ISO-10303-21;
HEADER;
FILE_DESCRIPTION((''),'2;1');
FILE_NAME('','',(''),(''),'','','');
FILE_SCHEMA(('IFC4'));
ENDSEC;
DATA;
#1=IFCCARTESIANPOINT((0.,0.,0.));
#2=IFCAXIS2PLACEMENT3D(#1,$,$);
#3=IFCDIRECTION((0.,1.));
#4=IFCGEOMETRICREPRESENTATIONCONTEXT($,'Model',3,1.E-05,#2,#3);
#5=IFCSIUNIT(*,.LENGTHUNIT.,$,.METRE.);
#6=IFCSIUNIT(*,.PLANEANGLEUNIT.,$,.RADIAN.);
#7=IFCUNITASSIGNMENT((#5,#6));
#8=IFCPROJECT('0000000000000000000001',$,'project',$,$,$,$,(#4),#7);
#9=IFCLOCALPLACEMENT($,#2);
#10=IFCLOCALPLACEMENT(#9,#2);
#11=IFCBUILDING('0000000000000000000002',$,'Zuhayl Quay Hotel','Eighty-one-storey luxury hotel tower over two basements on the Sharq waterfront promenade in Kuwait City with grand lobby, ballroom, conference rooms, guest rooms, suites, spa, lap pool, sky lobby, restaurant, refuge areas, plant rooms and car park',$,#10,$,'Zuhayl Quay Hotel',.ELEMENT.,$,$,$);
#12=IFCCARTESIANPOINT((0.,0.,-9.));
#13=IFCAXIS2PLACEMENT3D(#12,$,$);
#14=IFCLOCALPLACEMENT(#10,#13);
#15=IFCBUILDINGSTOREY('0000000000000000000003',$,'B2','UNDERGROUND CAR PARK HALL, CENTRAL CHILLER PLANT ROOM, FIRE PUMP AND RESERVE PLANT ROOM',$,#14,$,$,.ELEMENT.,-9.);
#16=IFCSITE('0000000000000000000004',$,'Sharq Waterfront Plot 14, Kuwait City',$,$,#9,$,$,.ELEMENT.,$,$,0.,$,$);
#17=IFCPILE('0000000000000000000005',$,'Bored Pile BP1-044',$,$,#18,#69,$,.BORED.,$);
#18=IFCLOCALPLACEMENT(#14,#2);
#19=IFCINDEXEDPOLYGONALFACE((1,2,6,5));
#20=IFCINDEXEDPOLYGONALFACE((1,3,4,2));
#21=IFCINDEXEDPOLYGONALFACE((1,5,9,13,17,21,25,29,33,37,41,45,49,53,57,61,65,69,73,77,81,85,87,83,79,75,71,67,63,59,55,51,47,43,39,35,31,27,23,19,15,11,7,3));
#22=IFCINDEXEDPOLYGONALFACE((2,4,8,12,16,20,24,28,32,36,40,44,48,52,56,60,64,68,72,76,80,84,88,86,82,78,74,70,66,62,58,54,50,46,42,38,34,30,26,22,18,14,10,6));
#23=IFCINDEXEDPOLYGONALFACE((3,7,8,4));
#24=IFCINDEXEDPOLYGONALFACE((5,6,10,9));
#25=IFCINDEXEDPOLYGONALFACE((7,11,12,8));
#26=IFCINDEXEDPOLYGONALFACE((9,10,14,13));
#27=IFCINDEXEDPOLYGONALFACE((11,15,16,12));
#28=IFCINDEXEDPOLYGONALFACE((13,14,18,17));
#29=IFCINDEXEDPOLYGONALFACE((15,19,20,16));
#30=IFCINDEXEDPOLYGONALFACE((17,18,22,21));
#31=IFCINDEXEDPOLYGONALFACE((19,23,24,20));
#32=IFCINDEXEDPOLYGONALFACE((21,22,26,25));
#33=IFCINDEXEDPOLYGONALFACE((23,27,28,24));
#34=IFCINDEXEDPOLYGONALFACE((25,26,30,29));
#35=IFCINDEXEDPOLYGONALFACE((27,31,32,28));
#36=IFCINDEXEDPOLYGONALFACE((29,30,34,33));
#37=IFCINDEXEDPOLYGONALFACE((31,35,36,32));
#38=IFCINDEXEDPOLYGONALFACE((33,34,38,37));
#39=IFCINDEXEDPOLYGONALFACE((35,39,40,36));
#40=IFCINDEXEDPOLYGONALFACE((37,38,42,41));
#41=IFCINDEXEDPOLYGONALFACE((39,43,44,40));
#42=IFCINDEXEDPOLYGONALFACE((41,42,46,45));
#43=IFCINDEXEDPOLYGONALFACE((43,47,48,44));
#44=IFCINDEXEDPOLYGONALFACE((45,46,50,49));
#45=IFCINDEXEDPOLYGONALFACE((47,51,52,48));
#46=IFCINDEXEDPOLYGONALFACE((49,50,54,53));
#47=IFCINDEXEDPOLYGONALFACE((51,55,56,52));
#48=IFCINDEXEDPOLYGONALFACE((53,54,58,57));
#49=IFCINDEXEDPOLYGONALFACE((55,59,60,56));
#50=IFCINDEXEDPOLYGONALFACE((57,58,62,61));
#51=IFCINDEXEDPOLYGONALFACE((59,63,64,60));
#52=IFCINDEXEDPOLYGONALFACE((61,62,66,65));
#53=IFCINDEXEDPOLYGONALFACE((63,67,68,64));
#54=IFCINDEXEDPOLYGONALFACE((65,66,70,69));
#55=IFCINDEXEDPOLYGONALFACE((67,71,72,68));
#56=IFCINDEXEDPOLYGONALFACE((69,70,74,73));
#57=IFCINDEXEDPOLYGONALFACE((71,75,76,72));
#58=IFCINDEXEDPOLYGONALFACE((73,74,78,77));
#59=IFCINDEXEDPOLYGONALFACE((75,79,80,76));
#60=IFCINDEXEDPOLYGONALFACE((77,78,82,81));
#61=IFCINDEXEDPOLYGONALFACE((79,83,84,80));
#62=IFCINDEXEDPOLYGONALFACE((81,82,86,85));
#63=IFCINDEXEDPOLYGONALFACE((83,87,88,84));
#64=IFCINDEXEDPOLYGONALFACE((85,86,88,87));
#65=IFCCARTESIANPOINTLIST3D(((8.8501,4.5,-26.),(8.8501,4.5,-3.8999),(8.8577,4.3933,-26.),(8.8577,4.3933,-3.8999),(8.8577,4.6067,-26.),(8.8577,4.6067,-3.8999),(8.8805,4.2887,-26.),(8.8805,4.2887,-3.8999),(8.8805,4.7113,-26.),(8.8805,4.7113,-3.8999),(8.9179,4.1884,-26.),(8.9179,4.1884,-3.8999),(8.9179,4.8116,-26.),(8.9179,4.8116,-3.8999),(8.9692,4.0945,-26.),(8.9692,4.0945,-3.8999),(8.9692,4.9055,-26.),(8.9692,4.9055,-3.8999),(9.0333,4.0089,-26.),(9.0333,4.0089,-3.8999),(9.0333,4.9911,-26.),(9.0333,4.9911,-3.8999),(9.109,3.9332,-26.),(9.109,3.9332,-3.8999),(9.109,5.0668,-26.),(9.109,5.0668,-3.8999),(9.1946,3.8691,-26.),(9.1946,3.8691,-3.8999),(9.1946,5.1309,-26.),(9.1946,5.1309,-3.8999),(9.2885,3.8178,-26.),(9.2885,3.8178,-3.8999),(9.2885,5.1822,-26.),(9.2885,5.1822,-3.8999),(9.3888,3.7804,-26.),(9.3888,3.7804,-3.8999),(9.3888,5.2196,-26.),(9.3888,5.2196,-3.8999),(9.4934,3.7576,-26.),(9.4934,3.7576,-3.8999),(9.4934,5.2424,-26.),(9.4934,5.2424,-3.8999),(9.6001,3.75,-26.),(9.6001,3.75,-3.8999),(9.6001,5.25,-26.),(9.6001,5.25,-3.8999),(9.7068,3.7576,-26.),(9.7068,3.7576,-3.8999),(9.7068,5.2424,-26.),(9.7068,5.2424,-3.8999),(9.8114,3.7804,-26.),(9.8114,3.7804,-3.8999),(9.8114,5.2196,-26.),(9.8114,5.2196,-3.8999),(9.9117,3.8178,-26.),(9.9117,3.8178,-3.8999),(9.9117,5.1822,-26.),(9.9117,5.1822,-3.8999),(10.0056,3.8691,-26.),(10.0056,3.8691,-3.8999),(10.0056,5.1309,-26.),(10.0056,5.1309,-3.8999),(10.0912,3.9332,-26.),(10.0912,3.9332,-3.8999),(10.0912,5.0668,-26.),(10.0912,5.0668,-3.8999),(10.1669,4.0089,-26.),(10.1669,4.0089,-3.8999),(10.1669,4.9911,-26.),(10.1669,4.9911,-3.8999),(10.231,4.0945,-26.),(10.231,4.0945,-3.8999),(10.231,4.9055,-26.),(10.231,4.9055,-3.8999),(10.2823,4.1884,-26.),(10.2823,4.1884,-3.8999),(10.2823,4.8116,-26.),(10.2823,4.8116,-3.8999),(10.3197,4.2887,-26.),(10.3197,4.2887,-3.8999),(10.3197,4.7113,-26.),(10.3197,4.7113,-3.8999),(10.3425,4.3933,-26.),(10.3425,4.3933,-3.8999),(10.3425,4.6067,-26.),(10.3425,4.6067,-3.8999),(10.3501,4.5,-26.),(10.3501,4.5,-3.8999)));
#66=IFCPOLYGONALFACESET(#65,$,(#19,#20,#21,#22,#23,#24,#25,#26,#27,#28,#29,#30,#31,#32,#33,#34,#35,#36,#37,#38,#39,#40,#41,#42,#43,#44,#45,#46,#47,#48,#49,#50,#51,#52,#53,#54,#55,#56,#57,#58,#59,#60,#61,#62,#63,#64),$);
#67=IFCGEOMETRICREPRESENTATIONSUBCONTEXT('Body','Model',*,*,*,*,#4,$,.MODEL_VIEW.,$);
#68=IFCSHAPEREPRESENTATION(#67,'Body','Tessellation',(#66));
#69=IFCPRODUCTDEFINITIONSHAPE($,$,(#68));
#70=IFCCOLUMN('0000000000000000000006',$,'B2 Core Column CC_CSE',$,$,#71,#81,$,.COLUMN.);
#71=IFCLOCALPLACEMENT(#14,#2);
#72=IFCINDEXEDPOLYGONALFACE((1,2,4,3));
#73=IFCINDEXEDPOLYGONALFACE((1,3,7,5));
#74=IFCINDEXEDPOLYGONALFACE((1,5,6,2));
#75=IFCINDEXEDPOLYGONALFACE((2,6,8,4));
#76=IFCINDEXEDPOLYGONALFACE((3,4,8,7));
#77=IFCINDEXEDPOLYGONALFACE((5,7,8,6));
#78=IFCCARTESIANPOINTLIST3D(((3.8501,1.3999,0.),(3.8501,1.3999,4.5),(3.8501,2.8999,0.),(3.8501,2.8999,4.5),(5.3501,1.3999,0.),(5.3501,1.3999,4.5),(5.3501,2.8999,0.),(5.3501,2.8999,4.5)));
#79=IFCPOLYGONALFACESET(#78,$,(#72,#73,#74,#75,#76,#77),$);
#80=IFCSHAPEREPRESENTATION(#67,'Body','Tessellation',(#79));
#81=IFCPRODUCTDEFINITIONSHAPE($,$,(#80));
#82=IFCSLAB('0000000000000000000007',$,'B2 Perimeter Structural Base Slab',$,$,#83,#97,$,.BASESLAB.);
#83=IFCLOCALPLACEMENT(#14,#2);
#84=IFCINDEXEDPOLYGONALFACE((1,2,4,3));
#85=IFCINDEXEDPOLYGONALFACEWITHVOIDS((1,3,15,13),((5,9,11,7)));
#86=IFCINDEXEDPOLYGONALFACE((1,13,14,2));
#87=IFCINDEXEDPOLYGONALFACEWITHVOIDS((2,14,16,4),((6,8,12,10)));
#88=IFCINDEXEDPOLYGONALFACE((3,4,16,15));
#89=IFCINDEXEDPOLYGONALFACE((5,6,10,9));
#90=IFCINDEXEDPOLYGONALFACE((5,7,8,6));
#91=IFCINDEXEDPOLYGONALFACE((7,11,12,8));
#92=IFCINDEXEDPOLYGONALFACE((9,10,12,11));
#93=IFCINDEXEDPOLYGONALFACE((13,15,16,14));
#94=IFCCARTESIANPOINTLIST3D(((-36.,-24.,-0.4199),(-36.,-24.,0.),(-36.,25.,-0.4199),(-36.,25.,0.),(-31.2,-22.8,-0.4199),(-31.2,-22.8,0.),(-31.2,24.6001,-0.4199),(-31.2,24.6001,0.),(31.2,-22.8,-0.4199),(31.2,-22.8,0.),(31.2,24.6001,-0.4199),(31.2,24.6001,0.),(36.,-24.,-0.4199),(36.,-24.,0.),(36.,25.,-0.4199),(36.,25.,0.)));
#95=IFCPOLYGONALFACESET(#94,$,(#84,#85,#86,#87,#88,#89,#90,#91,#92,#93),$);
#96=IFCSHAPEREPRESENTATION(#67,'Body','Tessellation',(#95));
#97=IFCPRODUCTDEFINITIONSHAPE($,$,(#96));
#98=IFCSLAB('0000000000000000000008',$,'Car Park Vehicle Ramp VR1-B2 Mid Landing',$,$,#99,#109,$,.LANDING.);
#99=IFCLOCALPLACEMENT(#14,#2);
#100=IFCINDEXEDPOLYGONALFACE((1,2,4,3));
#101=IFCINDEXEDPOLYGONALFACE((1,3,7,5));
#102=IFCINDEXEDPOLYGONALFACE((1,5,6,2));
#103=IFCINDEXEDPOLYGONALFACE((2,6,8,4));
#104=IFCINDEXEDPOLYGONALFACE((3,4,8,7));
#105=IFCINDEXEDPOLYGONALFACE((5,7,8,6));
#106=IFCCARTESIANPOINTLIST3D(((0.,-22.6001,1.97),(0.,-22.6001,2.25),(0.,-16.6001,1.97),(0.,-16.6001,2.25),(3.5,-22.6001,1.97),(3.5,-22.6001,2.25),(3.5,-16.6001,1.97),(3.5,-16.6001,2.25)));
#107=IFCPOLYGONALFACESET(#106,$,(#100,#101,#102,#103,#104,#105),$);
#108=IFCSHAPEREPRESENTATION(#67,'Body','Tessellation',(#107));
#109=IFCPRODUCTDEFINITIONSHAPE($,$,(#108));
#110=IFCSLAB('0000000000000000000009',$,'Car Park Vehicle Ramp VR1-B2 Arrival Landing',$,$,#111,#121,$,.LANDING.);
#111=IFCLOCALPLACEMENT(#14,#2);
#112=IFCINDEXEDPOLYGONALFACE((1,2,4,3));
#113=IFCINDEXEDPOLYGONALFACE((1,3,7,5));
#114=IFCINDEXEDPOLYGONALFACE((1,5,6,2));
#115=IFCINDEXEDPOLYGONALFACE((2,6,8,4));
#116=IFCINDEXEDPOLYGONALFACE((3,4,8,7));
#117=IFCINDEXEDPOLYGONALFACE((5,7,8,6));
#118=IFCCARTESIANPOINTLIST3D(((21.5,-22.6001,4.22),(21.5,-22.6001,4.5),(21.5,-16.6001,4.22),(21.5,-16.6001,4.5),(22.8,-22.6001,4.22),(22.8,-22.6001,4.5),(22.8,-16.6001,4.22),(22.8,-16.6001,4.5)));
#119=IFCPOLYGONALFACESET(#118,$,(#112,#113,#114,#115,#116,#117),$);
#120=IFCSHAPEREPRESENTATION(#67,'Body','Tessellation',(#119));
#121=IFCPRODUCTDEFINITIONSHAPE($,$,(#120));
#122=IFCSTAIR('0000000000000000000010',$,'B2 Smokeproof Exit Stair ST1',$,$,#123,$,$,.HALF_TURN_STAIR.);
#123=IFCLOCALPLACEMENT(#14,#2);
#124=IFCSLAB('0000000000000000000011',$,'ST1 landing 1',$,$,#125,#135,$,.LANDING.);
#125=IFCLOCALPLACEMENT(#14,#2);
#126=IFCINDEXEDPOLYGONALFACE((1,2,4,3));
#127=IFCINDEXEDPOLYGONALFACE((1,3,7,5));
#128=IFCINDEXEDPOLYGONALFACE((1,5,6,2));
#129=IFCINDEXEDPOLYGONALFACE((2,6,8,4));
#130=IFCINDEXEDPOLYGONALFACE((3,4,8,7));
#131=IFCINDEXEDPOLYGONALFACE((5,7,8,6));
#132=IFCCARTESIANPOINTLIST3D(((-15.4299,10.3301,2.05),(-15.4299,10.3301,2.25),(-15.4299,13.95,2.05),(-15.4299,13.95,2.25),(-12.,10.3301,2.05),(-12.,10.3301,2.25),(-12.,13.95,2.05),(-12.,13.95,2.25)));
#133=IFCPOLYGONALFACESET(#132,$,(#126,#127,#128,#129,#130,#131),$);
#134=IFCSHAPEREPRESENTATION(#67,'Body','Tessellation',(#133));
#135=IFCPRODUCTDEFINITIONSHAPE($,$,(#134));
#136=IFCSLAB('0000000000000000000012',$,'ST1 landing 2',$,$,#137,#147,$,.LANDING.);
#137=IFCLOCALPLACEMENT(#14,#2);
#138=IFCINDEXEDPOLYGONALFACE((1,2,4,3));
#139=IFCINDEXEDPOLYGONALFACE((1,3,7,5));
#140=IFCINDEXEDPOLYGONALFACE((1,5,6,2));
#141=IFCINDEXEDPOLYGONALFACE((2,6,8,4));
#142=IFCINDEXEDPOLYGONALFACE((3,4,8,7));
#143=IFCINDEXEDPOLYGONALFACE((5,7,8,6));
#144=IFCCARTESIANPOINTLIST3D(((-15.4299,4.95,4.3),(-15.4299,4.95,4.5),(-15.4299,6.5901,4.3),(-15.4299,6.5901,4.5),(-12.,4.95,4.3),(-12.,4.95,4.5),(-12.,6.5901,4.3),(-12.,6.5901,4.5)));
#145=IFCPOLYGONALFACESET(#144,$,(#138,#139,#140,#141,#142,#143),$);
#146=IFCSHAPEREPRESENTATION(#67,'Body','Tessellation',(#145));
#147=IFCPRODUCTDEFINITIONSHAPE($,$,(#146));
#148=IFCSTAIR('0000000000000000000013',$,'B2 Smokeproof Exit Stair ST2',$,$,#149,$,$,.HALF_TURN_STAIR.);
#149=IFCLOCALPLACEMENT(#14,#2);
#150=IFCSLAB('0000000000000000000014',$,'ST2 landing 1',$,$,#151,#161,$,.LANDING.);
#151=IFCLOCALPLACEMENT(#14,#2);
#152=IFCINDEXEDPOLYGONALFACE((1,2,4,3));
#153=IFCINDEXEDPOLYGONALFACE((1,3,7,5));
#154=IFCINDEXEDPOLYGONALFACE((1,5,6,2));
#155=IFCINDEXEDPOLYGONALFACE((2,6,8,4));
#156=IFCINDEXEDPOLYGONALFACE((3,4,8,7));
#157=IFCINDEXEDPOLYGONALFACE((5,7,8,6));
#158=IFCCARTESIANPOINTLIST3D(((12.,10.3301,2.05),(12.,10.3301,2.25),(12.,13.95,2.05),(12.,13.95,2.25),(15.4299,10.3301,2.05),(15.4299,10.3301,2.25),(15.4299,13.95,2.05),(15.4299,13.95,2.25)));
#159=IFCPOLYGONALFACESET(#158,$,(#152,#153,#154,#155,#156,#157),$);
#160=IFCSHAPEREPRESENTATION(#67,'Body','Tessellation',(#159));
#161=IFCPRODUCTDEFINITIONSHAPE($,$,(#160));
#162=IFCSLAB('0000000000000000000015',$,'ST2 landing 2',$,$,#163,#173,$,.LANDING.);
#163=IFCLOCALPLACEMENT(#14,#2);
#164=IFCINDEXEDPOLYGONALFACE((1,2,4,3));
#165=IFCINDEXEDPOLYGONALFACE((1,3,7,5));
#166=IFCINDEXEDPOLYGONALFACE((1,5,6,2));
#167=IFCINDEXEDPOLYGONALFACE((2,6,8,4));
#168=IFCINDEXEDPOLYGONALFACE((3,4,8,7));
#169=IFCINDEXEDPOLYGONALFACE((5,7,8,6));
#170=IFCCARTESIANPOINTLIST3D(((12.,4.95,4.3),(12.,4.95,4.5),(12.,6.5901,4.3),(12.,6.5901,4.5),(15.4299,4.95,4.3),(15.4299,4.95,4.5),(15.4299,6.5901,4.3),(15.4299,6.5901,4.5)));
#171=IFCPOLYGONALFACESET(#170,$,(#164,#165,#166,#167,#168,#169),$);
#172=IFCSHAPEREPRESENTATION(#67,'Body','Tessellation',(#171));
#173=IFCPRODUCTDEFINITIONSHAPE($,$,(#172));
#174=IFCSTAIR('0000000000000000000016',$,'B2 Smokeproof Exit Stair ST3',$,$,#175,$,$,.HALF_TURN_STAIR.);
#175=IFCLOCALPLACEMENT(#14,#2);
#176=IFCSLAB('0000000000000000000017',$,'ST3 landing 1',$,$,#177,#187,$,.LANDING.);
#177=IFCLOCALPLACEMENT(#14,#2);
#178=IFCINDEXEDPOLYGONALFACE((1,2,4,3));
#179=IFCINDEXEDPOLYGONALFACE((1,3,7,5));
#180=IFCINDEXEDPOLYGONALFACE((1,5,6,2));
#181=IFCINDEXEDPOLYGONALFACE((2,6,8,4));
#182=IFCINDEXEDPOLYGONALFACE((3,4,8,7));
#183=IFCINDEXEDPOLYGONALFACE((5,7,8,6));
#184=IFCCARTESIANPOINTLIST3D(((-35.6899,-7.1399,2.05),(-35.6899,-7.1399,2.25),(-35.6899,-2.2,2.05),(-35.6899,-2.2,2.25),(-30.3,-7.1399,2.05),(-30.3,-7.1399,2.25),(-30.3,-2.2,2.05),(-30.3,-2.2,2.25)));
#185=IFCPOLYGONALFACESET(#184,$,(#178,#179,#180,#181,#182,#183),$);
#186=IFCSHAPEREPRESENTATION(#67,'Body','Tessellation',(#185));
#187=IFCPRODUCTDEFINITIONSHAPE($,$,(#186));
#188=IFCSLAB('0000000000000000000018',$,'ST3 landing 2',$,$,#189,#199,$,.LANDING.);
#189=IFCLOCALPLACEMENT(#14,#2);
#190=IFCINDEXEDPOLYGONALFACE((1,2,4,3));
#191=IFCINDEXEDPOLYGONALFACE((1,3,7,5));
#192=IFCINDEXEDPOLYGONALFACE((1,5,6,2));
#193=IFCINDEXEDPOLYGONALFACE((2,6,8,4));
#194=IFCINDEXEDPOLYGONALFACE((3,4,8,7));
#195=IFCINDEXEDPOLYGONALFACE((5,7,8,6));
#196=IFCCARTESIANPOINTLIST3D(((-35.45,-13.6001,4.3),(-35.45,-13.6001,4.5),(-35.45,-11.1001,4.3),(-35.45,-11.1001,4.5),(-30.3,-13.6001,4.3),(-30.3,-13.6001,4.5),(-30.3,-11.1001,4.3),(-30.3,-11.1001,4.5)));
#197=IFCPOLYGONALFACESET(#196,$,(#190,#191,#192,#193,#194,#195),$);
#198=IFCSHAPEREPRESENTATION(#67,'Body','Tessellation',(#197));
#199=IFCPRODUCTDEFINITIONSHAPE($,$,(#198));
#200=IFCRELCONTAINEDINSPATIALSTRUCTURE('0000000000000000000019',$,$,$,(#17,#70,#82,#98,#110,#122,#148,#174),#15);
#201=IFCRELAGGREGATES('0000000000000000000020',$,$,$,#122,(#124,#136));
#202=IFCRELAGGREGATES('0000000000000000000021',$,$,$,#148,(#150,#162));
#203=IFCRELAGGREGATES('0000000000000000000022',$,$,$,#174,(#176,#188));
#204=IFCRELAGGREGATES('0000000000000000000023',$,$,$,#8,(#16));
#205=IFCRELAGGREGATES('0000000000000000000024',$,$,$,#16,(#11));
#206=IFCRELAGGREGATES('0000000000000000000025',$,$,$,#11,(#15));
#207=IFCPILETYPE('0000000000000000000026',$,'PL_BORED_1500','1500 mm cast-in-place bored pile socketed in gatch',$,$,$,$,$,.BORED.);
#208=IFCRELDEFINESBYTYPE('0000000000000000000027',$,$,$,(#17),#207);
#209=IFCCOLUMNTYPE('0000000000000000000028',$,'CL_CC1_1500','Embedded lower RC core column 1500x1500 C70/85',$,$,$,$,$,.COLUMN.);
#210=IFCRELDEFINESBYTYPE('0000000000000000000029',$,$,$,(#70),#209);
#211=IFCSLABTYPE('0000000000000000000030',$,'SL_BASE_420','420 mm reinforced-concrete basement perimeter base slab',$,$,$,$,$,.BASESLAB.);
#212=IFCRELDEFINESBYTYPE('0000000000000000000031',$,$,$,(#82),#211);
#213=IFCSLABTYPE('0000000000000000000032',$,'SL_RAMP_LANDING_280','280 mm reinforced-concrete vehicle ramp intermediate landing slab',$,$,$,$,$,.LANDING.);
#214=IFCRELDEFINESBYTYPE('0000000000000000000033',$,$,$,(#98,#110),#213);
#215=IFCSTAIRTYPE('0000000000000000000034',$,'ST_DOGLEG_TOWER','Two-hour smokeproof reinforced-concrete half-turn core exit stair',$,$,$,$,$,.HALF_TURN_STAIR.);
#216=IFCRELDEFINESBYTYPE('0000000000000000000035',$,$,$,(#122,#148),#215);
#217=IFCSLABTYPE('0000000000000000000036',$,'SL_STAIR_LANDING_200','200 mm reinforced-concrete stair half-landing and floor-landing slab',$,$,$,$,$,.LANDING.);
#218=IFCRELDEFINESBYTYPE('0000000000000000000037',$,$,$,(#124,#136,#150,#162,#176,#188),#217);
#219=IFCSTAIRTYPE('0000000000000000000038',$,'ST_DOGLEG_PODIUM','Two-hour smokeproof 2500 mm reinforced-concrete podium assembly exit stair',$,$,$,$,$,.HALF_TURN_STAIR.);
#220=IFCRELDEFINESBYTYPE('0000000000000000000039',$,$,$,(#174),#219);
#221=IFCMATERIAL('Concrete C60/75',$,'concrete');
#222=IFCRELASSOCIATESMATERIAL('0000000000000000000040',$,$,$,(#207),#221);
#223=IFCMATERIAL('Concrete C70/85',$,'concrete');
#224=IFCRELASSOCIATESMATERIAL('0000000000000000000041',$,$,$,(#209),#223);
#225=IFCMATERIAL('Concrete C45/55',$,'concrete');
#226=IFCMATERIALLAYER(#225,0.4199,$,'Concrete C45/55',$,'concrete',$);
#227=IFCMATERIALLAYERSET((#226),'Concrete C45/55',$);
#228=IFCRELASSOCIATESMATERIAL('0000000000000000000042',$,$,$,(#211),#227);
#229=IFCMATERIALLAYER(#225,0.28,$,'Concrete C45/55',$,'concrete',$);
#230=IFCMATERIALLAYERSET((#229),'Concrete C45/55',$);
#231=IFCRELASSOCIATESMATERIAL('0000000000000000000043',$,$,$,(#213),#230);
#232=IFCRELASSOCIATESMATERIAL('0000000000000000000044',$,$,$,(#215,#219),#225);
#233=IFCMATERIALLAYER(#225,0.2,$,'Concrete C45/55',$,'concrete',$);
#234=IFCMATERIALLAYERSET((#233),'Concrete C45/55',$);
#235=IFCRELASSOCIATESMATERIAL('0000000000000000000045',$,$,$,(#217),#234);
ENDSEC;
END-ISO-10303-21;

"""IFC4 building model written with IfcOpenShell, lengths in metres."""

from ifc_helpers import new_model, si_unit, direction, frame, origin, origin_2d, place, context, subcontext, project, spatial, polyline, rectangle, circle, outline, extrude, material, layer, layer_set, material_profile, profile_set, type_object, element, aggregate, save


model = new_model("IFC4")

# Units and contexts
model_context = context("Model", 3, precision=1e-05, world=origin(), true_north=direction((0.0, 1.0)))
body_context = subcontext(model_context, "Body", "Model", "MODEL_VIEW")
ifc_project = project(units=[si_unit("LENGTHUNIT", "METRE"), si_unit("PLANEANGLEUNIT", "RADIAN")], contexts=[model_context])

# Site, building, storey
site_placement = place(None, origin())
site = spatial("IfcSite", under=ifc_project, at=site_placement, Name="Sharq Waterfront Plot 14, Kuwait City", CompositionType="ELEMENT", RefElevation=0.0)
building_placement = place(site_placement, origin())
building = spatial("IfcBuilding", under=site, at=building_placement, Name="Zuhayl Quay Hotel", Description="Eighty-one-storey luxury hotel tower over two basements on the Sharq waterfront promenade in Kuwait City with grand lobby, ballroom, conference rooms, guest rooms, suites, spa, lap pool, sky lobby, restaurant, refuge areas, plant rooms and car park", LongName="Zuhayl Quay Hotel", CompositionType="ELEMENT")
storey_placement = place(building_placement, frame((0.0, 0.0, -9.0)))
storey = spatial("IfcBuildingStorey", under=building, at=storey_placement, Name="B2", Description="UNDERGROUND CAR PARK HALL, CENTRAL CHILLER PLANT ROOM, FIRE PUMP AND RESERVE PLANT ROOM", CompositionType="ELEMENT", Elevation=-9.0)

# Pile
ifc_material_1 = material(Name="Concrete C60/75", Category="concrete")
ifc_material_profile_1 = material_profile(ifc_material_1, circle(Radius=0.75, at=origin_2d()), Name="PILE1500")
ifc_profile_set_1 = profile_set([ifc_material_profile_1], Name="Concrete C60/75")
pile_type = type_object("IfcPileType", Name="PL_BORED_1500", Description="1500 mm cast-in-place bored pile socketed in gatch", PredefinedType="BORED", material=ifc_profile_set_1)
for number, where, z_axis, x_axis, name in (
    (1, (9.6001, 4.5, -3.8999), (0.0, 0.0, -1.0), (1.0, 0.0, 0.0), "Bored Pile BP1-044"),
):
    element("IfcPile", number, at=place(storey_placement, frame(where, z_axis=z_axis, x_axis=x_axis)), inside=storey, type_object=pile_type, Name=name, PredefinedType="BORED", context=body_context, shape_type="SweptSolid", body=[
        extrude(circle(Radius=0.75, at=origin_2d()), origin(), (0.0, 0.0, 1.0), 22.1001),
    ])

# Column
ifc_material_2 = material(Name="Concrete C70/85", Category="concrete")
ifc_material_profile_2 = material_profile(ifc_material_2, rectangle(XDim=1.5, YDim=1.5, at=origin_2d()), Name="RC1500X1500")
ifc_profile_set_2 = profile_set([ifc_material_profile_2], Name="Concrete C70/85")
column_type = type_object("IfcColumnType", Name="CL_CC1_1500", Description="Embedded lower RC core column 1500x1500 C70/85", PredefinedType="COLUMN", material=ifc_profile_set_2)
column_placement = place(storey_placement, frame((4.6001, 2.1499, 0.0), z_axis=(0.0, 0.0, 1.0), x_axis=(1.0, 0.0, 0.0)))
element("IfcColumn", 2, at=column_placement, inside=storey, type_object=column_type, Name="B2 Core Column CC_CSE", PredefinedType="COLUMN", context=body_context, shape_type="SweptSolid", body=[
    extrude(rectangle(XDim=1.5, YDim=1.5, at=origin_2d()), origin(), (0.0, 0.0, 1.0), 4.5),
])

# Slabs
ifc_material_3 = material(Name="Concrete C45/55", Category="concrete")
ifc_layer_1 = layer(ifc_material_3, 0.4199, Name="Concrete C45/55", Category="concrete")
ifc_layer_set_1 = layer_set([ifc_layer_1], Name="Concrete C45/55")
slab_type_1 = type_object("IfcSlabType", Name="SL_BASE_420", Description="420 mm reinforced-concrete basement perimeter base slab", PredefinedType="BASESLAB", material=ifc_layer_set_1)
slab_1_placement = place(storey_placement, frame((0.0, 0.0, -0.4199)))
element("IfcSlab", 3, at=slab_1_placement, inside=storey, type_object=slab_type_1, Name="B2 Perimeter Structural Base Slab", PredefinedType="BASESLAB", context=body_context, shape_type="SweptSolid", body=[
    extrude(outline(polyline([(-36.0, -24.0), (36.0, -24.0), (36.0, 25.0), (-36.0, 25.0), (-36.0, -24.0)]), holes=[polyline([(-31.2, -22.8), (31.2, -22.8), (31.2, 24.6001), (-31.2, 24.6001), (-31.2, -22.8)])]), origin(), (0.0, 0.0, 1.0), 0.4199),
])
ifc_layer_2 = layer(ifc_material_3, 0.28, Name="Concrete C45/55", Category="concrete")
ifc_layer_set_2 = layer_set([ifc_layer_2], Name="Concrete C45/55")
slab_type_2 = type_object("IfcSlabType", Name="SL_RAMP_LANDING_280", Description="280 mm reinforced-concrete vehicle ramp intermediate landing slab", PredefinedType="LANDING", material=ifc_layer_set_2)
slab_2_placement = place(storey_placement, frame((0.0, 0.0, 1.97)))
element("IfcSlab", 4, at=slab_2_placement, inside=storey, type_object=slab_type_2, Name="Car Park Vehicle Ramp VR1-B2 Mid Landing", PredefinedType="LANDING", context=body_context, shape_type="SweptSolid", body=[
    extrude(outline(polyline([(0.0, -22.6001), (3.5, -22.6001), (3.5, -16.6001), (0.0, -16.6001), (0.0, -22.6001)])), origin(), (0.0, 0.0, 1.0), 0.28),
])
slab_3_placement = place(storey_placement, frame((0.0, 0.0, 4.22)))
element("IfcSlab", 5, at=slab_3_placement, inside=storey, type_object=slab_type_2, Name="Car Park Vehicle Ramp VR1-B2 Arrival Landing", PredefinedType="LANDING", context=body_context, shape_type="SweptSolid", body=[
    extrude(outline(polyline([(21.5, -22.6001), (22.8, -22.6001), (22.8, -16.6001), (21.5, -16.6001), (21.5, -22.6001)])), origin(), (0.0, 0.0, 1.0), 0.28),
])

# Stairs, slabs
stair_type_1 = type_object("IfcStairType", Name="ST_DOGLEG_TOWER", Description="Two-hour smokeproof reinforced-concrete half-turn core exit stair", PredefinedType="HALF_TURN_STAIR", material=ifc_material_3)
stair_1_placement = place(storey_placement, origin())
stair_1 = element("IfcStair", 6, at=stair_1_placement, inside=storey, type_object=stair_type_1, Name="B2 Smokeproof Exit Stair ST1", PredefinedType="HALF_TURN_STAIR")
ifc_layer_3 = layer(ifc_material_3, 0.2, Name="Concrete C45/55", Category="concrete")
ifc_layer_set_3 = layer_set([ifc_layer_3], Name="Concrete C45/55")
slab_type_3 = type_object("IfcSlabType", Name="SL_STAIR_LANDING_200", Description="200 mm reinforced-concrete stair half-landing and floor-landing slab", PredefinedType="LANDING", material=ifc_layer_set_3)
slab_4_placement = place(storey_placement, frame((0.0, 0.0, 2.05)))
slab_4 = element("IfcSlab", 7, at=slab_4_placement, type_object=slab_type_3, Name="ST1 landing 1", PredefinedType="LANDING", context=body_context, shape_type="SweptSolid", body=[
    extrude(outline(polyline([(-12.0, 10.3301), (-12.0, 13.95), (-15.4299, 13.95), (-15.4299, 10.3301), (-12.0, 10.3301)])), origin(), (0.0, 0.0, 1.0), 0.2),
])
slab_5_placement = place(storey_placement, frame((0.0, 0.0, 4.3)))
slab_5 = element("IfcSlab", 8, at=slab_5_placement, type_object=slab_type_3, Name="ST1 landing 2", PredefinedType="LANDING", context=body_context, shape_type="SweptSolid", body=[
    extrude(outline(polyline([(-12.0, 4.95), (-12.0, 6.5901), (-15.4299, 6.5901), (-15.4299, 4.95), (-12.0, 4.95)])), origin(), (0.0, 0.0, 1.0), 0.2),
])
aggregate(stair_1, [slab_4, slab_5])
stair_2_placement = place(storey_placement, origin())
stair_2 = element("IfcStair", 9, at=stair_2_placement, inside=storey, type_object=stair_type_1, Name="B2 Smokeproof Exit Stair ST2", PredefinedType="HALF_TURN_STAIR")
slab_6_placement = place(storey_placement, frame((0.0, 0.0, 2.05)))
slab_6 = element("IfcSlab", 10, at=slab_6_placement, type_object=slab_type_3, Name="ST2 landing 1", PredefinedType="LANDING", context=body_context, shape_type="SweptSolid", body=[
    extrude(outline(polyline([(15.4299, 10.3301), (15.4299, 13.95), (12.0, 13.95), (12.0, 10.3301), (15.4299, 10.3301)])), origin(), (0.0, 0.0, 1.0), 0.2),
])
slab_7_placement = place(storey_placement, frame((0.0, 0.0, 4.3)))
slab_7 = element("IfcSlab", 11, at=slab_7_placement, type_object=slab_type_3, Name="ST2 landing 2", PredefinedType="LANDING", context=body_context, shape_type="SweptSolid", body=[
    extrude(outline(polyline([(15.4299, 4.95), (15.4299, 6.5901), (12.0, 6.5901), (12.0, 4.95), (15.4299, 4.95)])), origin(), (0.0, 0.0, 1.0), 0.2),
])
aggregate(stair_2, [slab_6, slab_7])
stair_type_2 = type_object("IfcStairType", Name="ST_DOGLEG_PODIUM", Description="Two-hour smokeproof 2500 mm reinforced-concrete podium assembly exit stair", PredefinedType="HALF_TURN_STAIR", material=ifc_material_3)
stair_3_placement = place(storey_placement, origin())
stair_3 = element("IfcStair", 12, at=stair_3_placement, inside=storey, type_object=stair_type_2, Name="B2 Smokeproof Exit Stair ST3", PredefinedType="HALF_TURN_STAIR")
slab_8_placement = place(storey_placement, frame((0.0, 0.0, 2.05)))
slab_8 = element("IfcSlab", 13, at=slab_8_placement, type_object=slab_type_3, Name="ST3 landing 1", PredefinedType="LANDING", context=body_context, shape_type="SweptSolid", body=[
    extrude(outline(polyline([(-30.3, -7.1399), (-30.3, -2.2), (-35.6899, -2.2), (-35.6899, -7.1399), (-30.3, -7.1399)])), origin(), (0.0, 0.0, 1.0), 0.2),
])
slab_9_placement = place(storey_placement, frame((0.0, 0.0, 4.3)))
slab_9 = element("IfcSlab", 14, at=slab_9_placement, type_object=slab_type_3, Name="ST3 landing 2", PredefinedType="LANDING", context=body_context, shape_type="SweptSolid", body=[
    extrude(outline(polyline([(-30.3, -13.6001), (-30.3, -11.1001), (-35.45, -11.1001), (-35.45, -13.6001), (-30.3, -13.6001)])), origin(), (0.0, 0.0, 1.0), 0.2),
])
aggregate(stair_3, [slab_8, slab_9])

save(model, "model.ifc")
